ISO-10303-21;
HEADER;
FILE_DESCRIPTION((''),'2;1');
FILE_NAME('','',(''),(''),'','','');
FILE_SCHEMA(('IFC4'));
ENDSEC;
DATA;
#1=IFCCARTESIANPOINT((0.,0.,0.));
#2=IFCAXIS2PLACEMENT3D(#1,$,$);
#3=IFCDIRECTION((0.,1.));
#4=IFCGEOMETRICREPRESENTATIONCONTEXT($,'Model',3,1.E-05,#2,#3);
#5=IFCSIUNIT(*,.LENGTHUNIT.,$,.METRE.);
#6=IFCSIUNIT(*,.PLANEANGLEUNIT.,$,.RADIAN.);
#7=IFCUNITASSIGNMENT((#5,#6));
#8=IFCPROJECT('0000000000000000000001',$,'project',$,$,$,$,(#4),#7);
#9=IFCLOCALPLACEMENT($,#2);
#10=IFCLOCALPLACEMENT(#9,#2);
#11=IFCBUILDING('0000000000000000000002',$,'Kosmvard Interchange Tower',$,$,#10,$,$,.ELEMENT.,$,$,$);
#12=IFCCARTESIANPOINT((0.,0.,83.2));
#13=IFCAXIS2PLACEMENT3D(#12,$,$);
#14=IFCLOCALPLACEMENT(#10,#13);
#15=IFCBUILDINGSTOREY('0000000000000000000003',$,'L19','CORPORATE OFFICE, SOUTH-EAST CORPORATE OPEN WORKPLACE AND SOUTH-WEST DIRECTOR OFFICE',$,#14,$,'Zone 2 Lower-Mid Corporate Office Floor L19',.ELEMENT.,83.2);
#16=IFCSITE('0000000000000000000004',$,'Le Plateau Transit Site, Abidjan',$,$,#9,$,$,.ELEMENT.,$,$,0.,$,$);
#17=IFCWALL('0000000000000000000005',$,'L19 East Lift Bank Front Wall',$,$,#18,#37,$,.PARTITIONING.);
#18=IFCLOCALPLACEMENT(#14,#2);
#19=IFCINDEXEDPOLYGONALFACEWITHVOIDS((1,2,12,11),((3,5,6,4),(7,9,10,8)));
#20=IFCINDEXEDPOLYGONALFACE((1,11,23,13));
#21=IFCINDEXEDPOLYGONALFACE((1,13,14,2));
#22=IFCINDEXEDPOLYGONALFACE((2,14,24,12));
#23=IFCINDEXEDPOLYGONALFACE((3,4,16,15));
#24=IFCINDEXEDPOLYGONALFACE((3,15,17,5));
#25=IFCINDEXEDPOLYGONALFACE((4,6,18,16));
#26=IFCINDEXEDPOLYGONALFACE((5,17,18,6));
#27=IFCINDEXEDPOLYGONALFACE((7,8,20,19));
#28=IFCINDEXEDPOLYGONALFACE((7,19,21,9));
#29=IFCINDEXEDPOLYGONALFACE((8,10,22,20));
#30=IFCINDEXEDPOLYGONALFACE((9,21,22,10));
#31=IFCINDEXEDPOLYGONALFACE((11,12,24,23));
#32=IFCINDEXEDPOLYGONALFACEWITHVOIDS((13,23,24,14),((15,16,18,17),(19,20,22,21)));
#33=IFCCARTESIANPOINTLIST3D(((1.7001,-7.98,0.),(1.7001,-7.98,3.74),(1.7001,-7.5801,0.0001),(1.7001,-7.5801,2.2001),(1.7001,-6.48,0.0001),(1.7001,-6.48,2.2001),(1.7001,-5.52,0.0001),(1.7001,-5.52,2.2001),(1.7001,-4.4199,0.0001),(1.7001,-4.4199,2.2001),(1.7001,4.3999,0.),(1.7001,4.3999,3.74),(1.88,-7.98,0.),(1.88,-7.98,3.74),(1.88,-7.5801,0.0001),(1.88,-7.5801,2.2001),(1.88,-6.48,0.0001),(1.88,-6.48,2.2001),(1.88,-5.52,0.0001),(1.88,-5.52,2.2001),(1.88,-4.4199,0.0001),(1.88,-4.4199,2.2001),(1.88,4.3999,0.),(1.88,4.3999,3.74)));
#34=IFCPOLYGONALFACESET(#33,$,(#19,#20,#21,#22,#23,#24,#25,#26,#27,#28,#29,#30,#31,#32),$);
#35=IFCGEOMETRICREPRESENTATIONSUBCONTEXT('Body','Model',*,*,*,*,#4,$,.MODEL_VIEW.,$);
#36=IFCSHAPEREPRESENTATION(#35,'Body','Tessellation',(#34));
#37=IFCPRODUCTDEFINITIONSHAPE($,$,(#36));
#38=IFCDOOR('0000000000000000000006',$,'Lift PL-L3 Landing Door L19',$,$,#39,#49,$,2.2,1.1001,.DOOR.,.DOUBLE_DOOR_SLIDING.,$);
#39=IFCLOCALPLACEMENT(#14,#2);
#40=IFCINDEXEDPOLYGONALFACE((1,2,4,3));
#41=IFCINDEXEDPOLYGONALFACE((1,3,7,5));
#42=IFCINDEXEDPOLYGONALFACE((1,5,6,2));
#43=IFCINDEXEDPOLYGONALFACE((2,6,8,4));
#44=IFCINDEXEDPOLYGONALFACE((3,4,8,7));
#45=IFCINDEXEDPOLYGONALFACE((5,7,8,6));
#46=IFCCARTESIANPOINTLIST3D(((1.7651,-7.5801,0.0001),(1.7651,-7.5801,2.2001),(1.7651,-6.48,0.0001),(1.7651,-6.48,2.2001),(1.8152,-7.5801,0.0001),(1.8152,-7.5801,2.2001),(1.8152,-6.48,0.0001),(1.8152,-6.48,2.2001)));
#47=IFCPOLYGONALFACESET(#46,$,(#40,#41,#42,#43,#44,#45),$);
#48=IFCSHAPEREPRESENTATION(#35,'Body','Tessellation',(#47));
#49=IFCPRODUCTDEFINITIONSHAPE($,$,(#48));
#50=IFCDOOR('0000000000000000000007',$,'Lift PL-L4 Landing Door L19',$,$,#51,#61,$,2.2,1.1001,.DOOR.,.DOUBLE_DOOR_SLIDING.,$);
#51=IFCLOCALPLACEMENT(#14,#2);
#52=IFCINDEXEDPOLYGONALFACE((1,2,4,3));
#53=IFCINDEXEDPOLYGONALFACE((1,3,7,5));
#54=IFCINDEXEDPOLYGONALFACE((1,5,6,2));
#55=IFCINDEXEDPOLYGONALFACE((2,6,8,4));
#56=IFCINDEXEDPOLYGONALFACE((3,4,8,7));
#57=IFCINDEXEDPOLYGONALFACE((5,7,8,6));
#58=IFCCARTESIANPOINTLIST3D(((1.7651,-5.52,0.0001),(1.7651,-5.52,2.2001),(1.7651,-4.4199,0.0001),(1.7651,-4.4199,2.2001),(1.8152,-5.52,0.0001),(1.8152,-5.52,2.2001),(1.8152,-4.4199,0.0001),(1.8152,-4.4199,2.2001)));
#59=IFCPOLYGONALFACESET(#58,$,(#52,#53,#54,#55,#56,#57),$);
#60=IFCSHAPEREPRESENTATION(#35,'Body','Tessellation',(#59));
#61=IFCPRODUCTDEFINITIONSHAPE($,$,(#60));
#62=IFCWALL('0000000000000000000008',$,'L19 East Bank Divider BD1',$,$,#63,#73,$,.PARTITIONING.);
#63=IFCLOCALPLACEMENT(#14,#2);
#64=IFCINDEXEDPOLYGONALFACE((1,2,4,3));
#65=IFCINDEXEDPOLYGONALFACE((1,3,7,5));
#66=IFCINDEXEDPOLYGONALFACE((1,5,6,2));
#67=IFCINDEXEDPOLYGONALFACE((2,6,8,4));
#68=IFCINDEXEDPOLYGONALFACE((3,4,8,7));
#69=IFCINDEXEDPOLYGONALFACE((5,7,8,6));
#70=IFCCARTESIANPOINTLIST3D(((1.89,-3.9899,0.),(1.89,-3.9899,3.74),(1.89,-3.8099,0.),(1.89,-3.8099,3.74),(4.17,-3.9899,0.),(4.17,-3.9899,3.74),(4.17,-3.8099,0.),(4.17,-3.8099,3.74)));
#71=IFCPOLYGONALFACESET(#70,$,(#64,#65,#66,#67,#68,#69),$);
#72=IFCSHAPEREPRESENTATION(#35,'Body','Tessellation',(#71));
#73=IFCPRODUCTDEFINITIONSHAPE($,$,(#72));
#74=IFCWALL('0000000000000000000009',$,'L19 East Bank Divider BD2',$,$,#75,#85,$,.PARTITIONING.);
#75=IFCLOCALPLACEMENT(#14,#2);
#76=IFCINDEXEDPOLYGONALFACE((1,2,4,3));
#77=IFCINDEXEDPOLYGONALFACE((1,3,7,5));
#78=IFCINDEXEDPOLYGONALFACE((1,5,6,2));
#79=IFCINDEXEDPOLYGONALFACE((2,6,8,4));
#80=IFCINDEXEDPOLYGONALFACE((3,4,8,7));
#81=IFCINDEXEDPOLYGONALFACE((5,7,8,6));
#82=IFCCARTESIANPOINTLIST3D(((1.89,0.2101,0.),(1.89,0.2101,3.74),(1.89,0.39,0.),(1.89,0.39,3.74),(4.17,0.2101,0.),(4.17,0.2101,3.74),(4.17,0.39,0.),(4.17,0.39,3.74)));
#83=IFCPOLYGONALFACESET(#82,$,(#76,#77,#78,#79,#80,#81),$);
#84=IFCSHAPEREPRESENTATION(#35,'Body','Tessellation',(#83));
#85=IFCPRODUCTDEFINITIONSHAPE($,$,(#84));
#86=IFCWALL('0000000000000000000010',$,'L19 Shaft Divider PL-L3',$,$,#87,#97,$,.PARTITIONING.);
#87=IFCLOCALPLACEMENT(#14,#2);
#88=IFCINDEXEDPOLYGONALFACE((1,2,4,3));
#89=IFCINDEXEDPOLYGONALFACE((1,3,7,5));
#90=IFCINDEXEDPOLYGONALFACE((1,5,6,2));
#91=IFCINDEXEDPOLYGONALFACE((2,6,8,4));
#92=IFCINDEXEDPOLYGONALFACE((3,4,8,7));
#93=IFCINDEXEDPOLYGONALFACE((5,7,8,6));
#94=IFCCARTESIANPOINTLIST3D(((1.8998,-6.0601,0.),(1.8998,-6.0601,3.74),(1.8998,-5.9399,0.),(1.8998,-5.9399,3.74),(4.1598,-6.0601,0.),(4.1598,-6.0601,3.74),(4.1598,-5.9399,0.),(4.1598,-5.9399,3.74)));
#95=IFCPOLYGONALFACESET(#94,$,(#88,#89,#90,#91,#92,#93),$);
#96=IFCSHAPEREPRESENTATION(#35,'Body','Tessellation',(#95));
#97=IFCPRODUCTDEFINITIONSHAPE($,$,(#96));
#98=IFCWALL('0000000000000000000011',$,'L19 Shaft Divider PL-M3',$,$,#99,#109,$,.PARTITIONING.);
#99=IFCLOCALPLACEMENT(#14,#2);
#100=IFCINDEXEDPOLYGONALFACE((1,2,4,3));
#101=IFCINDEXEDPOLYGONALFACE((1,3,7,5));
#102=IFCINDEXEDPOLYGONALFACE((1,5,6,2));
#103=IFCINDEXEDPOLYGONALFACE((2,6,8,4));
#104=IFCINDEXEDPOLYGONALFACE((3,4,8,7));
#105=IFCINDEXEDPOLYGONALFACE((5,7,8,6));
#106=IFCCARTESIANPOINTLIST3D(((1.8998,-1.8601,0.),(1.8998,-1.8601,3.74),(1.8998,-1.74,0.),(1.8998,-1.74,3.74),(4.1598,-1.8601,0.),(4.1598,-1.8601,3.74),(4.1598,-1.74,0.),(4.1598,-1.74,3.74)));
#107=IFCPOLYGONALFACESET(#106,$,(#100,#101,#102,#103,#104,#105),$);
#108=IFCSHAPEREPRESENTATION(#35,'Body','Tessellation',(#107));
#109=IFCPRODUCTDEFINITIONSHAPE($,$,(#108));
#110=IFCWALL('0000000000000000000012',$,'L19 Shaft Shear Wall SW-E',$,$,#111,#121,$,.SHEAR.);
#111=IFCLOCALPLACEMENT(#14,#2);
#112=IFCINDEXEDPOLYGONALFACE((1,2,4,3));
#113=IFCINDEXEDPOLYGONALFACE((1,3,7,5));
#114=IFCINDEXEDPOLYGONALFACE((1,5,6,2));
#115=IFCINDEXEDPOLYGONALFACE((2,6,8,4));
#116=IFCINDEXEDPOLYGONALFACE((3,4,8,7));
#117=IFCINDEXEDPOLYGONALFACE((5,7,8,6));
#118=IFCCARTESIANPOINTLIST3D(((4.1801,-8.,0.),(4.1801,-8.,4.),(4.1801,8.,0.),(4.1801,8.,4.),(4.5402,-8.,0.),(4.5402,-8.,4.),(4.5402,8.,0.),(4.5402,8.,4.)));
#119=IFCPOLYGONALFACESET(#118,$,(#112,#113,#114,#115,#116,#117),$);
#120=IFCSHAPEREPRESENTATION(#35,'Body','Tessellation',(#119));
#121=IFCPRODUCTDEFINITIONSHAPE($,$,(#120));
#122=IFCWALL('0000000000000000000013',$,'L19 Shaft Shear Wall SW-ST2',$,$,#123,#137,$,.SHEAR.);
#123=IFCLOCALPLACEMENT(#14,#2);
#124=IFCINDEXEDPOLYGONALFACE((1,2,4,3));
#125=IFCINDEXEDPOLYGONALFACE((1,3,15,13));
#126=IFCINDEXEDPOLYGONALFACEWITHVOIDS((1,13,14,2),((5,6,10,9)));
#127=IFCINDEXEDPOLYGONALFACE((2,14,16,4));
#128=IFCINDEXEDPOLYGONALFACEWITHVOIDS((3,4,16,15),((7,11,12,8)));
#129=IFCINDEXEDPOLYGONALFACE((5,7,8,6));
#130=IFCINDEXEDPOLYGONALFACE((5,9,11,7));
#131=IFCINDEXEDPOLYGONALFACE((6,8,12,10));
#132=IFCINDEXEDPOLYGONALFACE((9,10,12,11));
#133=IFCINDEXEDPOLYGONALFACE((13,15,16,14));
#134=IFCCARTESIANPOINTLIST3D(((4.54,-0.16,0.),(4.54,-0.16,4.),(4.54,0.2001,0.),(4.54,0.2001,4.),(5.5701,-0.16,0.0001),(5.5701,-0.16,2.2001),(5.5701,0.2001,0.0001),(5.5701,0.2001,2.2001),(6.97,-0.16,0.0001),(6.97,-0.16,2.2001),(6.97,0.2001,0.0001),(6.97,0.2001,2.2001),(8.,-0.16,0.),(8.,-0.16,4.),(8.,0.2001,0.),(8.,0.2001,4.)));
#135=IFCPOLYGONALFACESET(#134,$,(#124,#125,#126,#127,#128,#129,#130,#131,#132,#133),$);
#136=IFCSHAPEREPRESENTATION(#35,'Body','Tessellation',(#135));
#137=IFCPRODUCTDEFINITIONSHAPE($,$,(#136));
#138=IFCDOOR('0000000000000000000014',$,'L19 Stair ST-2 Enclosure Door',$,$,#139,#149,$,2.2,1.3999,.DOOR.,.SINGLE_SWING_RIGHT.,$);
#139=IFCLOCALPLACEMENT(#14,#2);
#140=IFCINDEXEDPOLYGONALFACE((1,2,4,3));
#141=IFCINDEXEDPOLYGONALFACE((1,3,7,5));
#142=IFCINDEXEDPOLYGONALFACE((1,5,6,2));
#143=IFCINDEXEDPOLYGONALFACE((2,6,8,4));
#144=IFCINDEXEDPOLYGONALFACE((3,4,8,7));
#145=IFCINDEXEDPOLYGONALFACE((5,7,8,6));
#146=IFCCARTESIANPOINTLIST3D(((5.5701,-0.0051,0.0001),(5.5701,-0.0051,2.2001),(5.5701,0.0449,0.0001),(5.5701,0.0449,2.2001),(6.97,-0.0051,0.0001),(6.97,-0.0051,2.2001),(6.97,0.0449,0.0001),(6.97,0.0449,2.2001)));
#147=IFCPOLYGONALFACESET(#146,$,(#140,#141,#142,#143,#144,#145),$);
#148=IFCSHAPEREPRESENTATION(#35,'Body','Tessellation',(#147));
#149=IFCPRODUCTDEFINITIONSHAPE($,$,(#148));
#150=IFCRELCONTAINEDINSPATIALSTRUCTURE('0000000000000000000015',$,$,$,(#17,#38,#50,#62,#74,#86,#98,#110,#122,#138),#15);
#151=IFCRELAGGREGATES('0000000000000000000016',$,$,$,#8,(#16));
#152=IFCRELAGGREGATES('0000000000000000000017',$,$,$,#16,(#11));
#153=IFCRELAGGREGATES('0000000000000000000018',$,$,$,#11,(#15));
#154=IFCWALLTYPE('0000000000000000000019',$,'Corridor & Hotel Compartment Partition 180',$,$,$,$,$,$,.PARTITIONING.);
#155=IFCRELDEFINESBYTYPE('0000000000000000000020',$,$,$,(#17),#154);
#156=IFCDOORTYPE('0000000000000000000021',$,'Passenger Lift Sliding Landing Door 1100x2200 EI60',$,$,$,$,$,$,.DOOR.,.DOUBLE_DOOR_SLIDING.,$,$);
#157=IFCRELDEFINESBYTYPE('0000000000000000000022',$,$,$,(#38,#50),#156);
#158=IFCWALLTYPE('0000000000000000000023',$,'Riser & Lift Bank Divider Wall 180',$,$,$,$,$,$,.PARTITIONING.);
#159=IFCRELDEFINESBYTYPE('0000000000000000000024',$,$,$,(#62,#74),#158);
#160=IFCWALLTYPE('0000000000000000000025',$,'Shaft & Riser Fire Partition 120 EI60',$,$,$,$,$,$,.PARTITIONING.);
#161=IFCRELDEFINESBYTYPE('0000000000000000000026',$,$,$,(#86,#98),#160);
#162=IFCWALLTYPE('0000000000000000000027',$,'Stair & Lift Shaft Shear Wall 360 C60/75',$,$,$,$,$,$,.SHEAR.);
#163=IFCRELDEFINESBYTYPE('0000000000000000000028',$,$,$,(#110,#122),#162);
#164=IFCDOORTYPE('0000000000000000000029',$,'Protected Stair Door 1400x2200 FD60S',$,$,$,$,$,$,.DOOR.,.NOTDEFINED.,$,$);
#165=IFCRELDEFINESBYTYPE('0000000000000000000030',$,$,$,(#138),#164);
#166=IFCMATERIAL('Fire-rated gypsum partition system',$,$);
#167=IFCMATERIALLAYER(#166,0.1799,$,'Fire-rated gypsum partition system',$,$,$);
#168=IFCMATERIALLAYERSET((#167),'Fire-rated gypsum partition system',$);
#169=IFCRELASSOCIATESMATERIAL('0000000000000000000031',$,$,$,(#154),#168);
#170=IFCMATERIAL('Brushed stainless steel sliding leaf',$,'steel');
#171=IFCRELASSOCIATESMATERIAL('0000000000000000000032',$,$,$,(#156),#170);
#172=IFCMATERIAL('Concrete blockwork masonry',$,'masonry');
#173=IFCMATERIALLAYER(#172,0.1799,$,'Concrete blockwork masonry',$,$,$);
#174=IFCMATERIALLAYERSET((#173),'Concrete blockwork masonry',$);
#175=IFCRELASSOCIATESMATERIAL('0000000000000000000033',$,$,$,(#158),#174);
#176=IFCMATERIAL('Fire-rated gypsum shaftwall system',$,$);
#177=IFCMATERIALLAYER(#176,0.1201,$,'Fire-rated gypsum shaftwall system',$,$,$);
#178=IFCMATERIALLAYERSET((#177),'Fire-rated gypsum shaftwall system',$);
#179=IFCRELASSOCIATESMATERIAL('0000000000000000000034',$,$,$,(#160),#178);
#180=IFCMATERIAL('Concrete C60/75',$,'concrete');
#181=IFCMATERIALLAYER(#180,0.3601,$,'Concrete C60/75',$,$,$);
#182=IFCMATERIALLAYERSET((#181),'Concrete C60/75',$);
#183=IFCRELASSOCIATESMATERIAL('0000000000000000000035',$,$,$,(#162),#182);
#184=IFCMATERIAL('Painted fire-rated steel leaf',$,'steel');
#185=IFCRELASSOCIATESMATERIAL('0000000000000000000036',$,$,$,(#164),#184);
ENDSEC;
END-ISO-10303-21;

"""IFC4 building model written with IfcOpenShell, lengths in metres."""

from ifc_helpers import new_model, si_unit, direction, frame, frame_2d, origin, place, context, subcontext, project, spatial, rectangle, extrude, source, transform, mapped, material, layer, layer_set, type_object, element, fill, save


model = new_model("IFC4")

# Units and contexts
model_context = context("Model", 3, precision=1e-05, world=origin(), true_north=direction((0.0, 1.0)))
body_context = subcontext(model_context, "Body", "Model", "MODEL_VIEW")
ifc_project = project(units=[si_unit("LENGTHUNIT", "METRE"), si_unit("PLANEANGLEUNIT", "RADIAN")], contexts=[model_context])

# Site, building, storey
site_placement = place(None, origin())
site = spatial("IfcSite", under=ifc_project, at=site_placement, Name="Le Plateau Transit Site, Abidjan", CompositionType="ELEMENT", RefElevation=0.0)
building_placement = place(site_placement, origin())
building = spatial("IfcBuilding", under=site, at=building_placement, Name="Kosmvard Interchange Tower", CompositionType="ELEMENT")
storey_placement = place(building_placement, frame((0.0, 0.0, 83.2)))
storey = spatial("IfcBuildingStorey", under=building, at=storey_placement, Name="L19", Description="CORPORATE OFFICE, SOUTH-EAST CORPORATE OPEN WORKPLACE AND SOUTH-WEST DIRECTOR OFFICE", LongName="Zone 2 Lower-Mid Corporate Office Floor L19", CompositionType="ELEMENT", Elevation=83.2)

# Shared definitions
ifc_material_1 = material(Name="Concrete C60/75", Category="concrete")

# Wall, openings, doors
ifc_material_2 = material(Name="Fire-rated gypsum partition system")
ifc_layer_1 = layer(ifc_material_2, 0.1799, Name="Fire-rated gypsum partition system")
ifc_layer_set_1 = layer_set([ifc_layer_1], Name="Fire-rated gypsum partition system")
wall_type_1 = type_object("IfcWallType", Name="Corridor & Hotel Compartment Partition 180", PredefinedType="PARTITIONING", material=ifc_layer_set_1)
wall_1_placement = place(storey_placement, frame((1.79, -7.98, 0.0), z_axis=(0.0, 0.0, 1.0), x_axis=(0.0, 1.0, 0.0)))
wall_1 = element("IfcWall", 1, at=wall_1_placement, inside=storey, type_object=wall_type_1, Name="L19 East Lift Bank Front Wall", PredefinedType="PARTITIONING", context=body_context, shape_type="SweptSolid", body=[
    extrude(rectangle(XDim=12.3799, YDim=0.1799, at=frame_2d((6.1899, 0.0))), origin(), (0.0, 0.0, 1.0), 3.74),
])
opening_1_placement = place(wall_1_placement, frame((0.3999, 0.0, 0.0)))
opening_1 = element("IfcOpeningElement", 2, at=opening_1_placement, cuts=wall_1, PredefinedType="OPENING", context=body_context, shape_type="SweptSolid", body=[
    extrude(rectangle(XDim=1.1001, YDim=2.2, at=frame_2d((0.55, 1.1001))), frame((0.0, 0.1001, 0.0), z_axis=(0.0, -1.0, 0.0), x_axis=(1.0, 0.0, 0.0)), (0.0, 0.0, 1.0), 0.2),
])
opening_2_placement = place(wall_1_placement, frame((2.46, 0.0, 0.0)))
opening_2 = element("IfcOpeningElement", 3, at=opening_2_placement, cuts=wall_1, PredefinedType="OPENING", context=body_context, shape_type="SweptSolid", body=[
    extrude(rectangle(XDim=1.1001, YDim=2.2, at=frame_2d((0.55, 1.1001))), frame((0.0, 0.1001, 0.0), z_axis=(0.0, -1.0, 0.0), x_axis=(1.0, 0.0, 0.0)), (0.0, 0.0, 1.0), 0.2),
])
ifc_material_3 = material(Name="Brushed stainless steel sliding leaf", Category="steel")
door_type_1 = type_object("IfcDoorType", Name="Passenger Lift Sliding Landing Door 1100x2200 EI60", OperationType="DOUBLE_DOOR_SLIDING", PredefinedType="DOOR", material=ifc_material_3)
shared_shape_1 = source(origin(), body_context, "Body", "SweptSolid", [
    extrude(rectangle(XDim=1.1001, YDim=2.2, at=frame_2d((0.55, 1.1001))), frame((0.0, 0.0249, 0.0), z_axis=(0.0, -1.0, 0.0), x_axis=(1.0, 0.0, 0.0)), (0.0, 0.0, 1.0), 0.05),
])
door_1_placement = place(opening_1_placement, origin())
door_1 = element("IfcDoor", 4, at=door_1_placement, inside=storey, type_object=door_type_1, Name="Lift PL-L3 Landing Door L19", OperationType="DOUBLE_DOOR_SLIDING", OverallHeight=2.2, OverallWidth=1.1001, PredefinedType="DOOR", context=body_context, shape_type="MappedRepresentation", body=[
    mapped(shared_shape_1, transform((0.0, 0.0, 0.0), scale=1.0)),
])
fill(opening_1, door_1)
door_2_placement = place(opening_2_placement, origin())
door_2 = element("IfcDoor", 5, at=door_2_placement, inside=storey, type_object=door_type_1, Name="Lift PL-L4 Landing Door L19", OperationType="DOUBLE_DOOR_SLIDING", OverallHeight=2.2, OverallWidth=1.1001, PredefinedType="DOOR", context=body_context, shape_type="MappedRepresentation", body=[
    mapped(shared_shape_1, transform((0.0, 0.0, 0.0), scale=1.0)),
])
fill(opening_2, door_2)

# Walls
ifc_material_4 = material(Name="Concrete blockwork masonry", Category="masonry")
ifc_layer_2 = layer(ifc_material_4, 0.1799, Name="Concrete blockwork masonry")
ifc_layer_set_2 = layer_set([ifc_layer_2], Name="Concrete blockwork masonry")
wall_type_2 = type_object("IfcWallType", Name="Riser & Lift Bank Divider Wall 180", PredefinedType="PARTITIONING", material=ifc_layer_set_2)
for number, where, z_axis, x_axis, name in (
    (6, (1.8899, -3.8999, 0.0), (0.0, 0.0, 1.0), (1.0, 0.0, 0.0), "L19 East Bank Divider BD1"),
    (7, (1.8899, 0.3, 0.0), (0.0, 0.0, 1.0), (1.0, 0.0, 0.0), "L19 East Bank Divider BD2"),
):
    element("IfcWall", number, at=place(storey_placement, frame(where, z_axis=z_axis, x_axis=x_axis)), inside=storey, type_object=wall_type_2, Name=name, PredefinedType="PARTITIONING", context=body_context, shape_type="SweptSolid", body=[
        extrude(rectangle(XDim=2.28, YDim=0.1799, at=frame_2d((1.1401, 0.0))), origin(), (0.0, 0.0, 1.0), 3.74),
    ])
ifc_material_5 = material(Name="Fire-rated gypsum shaftwall system")
ifc_layer_3 = layer(ifc_material_5, 0.1201, Name="Fire-rated gypsum shaftwall system")
ifc_layer_set_3 = layer_set([ifc_layer_3], Name="Fire-rated gypsum shaftwall system")
wall_type_3 = type_object("IfcWallType", Name="Shaft & Riser Fire Partition 120 EI60", PredefinedType="PARTITIONING", material=ifc_layer_set_3)
for number, where, z_axis, x_axis, name in (
    (8, (1.8999, -6.0, 0.0), (0.0, 0.0, 1.0), (1.0, 0.0, 0.0), "L19 Shaft Divider PL-L3"),
    (9, (1.8999, -1.8, 0.0), (0.0, 0.0, 1.0), (1.0, 0.0, 0.0), "L19 Shaft Divider PL-M3"),
):
    element("IfcWall", number, at=place(storey_placement, frame(where, z_axis=z_axis, x_axis=x_axis)), inside=storey, type_object=wall_type_3, Name=name, PredefinedType="PARTITIONING", context=body_context, shape_type="SweptSolid", body=[
        extrude(rectangle(XDim=2.26, YDim=0.1201, at=frame_2d((1.1299, 0.0))), origin(), (0.0, 0.0, 1.0), 3.74),
    ])
ifc_layer_4 = layer(ifc_material_1, 0.3601, Name="Concrete C60/75")
ifc_layer_set_4 = layer_set([ifc_layer_4], Name="Concrete C60/75")
wall_type_4 = type_object("IfcWallType", Name="Stair & Lift Shaft Shear Wall 360 C60/75", PredefinedType="SHEAR", material=ifc_layer_set_4)
wall_2_placement = place(storey_placement, frame((4.3601, -8.0, 0.0), z_axis=(0.0, 0.0, 1.0), x_axis=(0.0, 1.0, 0.0)))
element("IfcWall", 10, at=wall_2_placement, inside=storey, type_object=wall_type_4, Name="L19 Shaft Shear Wall SW-E", PredefinedType="SHEAR", context=body_context, shape_type="SweptSolid", body=[
    extrude(rectangle(XDim=16.0, YDim=0.3601, at=frame_2d((8.0, 0.0))), origin(), (0.0, 0.0, 1.0), 4.0),
])

# Wall, opening, door
wall_3_placement = place(storey_placement, frame((4.54, 0.02, 0.0), z_axis=(0.0, 0.0, 1.0), x_axis=(1.0, 0.0, 0.0)))
wall_3 = element("IfcWall", 11, at=wall_3_placement, inside=storey, type_object=wall_type_4, Name="L19 Shaft Shear Wall SW-ST2", PredefinedType="SHEAR", context=body_context, shape_type="SweptSolid", body=[
    extrude(rectangle(XDim=3.46, YDim=0.3601, at=frame_2d((1.73, 0.0))), origin(), (0.0, 0.0, 1.0), 4.0),
])
opening_3_placement = place(wall_3_placement, frame((1.03, 0.0, 0.0)))
opening_3 = element("IfcOpeningElement", 12, at=opening_3_placement, cuts=wall_3, PredefinedType="OPENING", context=body_context, shape_type="SweptSolid", body=[
    extrude(rectangle(XDim=1.3999, YDim=2.2, at=frame_2d((0.7, 1.1001))), frame((0.0, 0.1899, 0.0), z_axis=(0.0, -1.0, 0.0), x_axis=(1.0, 0.0, 0.0)), (0.0, 0.0, 1.0), 0.3801),
])
ifc_material_6 = material(Name="Painted fire-rated steel leaf", Category="steel")
door_type_2 = type_object("IfcDoorType", Name="Protected Stair Door 1400x2200 FD60S", OperationType="NOTDEFINED", PredefinedType="DOOR", material=ifc_material_6)
shared_shape_2 = source(origin(), body_context, "Body", "SweptSolid", [
    extrude(rectangle(XDim=1.3999, YDim=2.2, at=frame_2d((0.7, 1.1001))), frame((0.0, 0.0249, 0.0), z_axis=(0.0, -1.0, 0.0), x_axis=(1.0, 0.0, 0.0)), (0.0, 0.0, 1.0), 0.05),
])
door_3_placement = place(opening_3_placement, origin())
door_3 = element("IfcDoor", 13, at=door_3_placement, inside=storey, type_object=door_type_2, Name="L19 Stair ST-2 Enclosure Door", OperationType="SINGLE_SWING_RIGHT", OverallHeight=2.2, OverallWidth=1.3999, PredefinedType="DOOR", context=body_context, shape_type="MappedRepresentation", body=[
    mapped(shared_shape_2, transform((0.0, 0.0, 0.0), scale=1.0)),
])
fill(opening_3, door_3)

save(model, "model.ifc")
